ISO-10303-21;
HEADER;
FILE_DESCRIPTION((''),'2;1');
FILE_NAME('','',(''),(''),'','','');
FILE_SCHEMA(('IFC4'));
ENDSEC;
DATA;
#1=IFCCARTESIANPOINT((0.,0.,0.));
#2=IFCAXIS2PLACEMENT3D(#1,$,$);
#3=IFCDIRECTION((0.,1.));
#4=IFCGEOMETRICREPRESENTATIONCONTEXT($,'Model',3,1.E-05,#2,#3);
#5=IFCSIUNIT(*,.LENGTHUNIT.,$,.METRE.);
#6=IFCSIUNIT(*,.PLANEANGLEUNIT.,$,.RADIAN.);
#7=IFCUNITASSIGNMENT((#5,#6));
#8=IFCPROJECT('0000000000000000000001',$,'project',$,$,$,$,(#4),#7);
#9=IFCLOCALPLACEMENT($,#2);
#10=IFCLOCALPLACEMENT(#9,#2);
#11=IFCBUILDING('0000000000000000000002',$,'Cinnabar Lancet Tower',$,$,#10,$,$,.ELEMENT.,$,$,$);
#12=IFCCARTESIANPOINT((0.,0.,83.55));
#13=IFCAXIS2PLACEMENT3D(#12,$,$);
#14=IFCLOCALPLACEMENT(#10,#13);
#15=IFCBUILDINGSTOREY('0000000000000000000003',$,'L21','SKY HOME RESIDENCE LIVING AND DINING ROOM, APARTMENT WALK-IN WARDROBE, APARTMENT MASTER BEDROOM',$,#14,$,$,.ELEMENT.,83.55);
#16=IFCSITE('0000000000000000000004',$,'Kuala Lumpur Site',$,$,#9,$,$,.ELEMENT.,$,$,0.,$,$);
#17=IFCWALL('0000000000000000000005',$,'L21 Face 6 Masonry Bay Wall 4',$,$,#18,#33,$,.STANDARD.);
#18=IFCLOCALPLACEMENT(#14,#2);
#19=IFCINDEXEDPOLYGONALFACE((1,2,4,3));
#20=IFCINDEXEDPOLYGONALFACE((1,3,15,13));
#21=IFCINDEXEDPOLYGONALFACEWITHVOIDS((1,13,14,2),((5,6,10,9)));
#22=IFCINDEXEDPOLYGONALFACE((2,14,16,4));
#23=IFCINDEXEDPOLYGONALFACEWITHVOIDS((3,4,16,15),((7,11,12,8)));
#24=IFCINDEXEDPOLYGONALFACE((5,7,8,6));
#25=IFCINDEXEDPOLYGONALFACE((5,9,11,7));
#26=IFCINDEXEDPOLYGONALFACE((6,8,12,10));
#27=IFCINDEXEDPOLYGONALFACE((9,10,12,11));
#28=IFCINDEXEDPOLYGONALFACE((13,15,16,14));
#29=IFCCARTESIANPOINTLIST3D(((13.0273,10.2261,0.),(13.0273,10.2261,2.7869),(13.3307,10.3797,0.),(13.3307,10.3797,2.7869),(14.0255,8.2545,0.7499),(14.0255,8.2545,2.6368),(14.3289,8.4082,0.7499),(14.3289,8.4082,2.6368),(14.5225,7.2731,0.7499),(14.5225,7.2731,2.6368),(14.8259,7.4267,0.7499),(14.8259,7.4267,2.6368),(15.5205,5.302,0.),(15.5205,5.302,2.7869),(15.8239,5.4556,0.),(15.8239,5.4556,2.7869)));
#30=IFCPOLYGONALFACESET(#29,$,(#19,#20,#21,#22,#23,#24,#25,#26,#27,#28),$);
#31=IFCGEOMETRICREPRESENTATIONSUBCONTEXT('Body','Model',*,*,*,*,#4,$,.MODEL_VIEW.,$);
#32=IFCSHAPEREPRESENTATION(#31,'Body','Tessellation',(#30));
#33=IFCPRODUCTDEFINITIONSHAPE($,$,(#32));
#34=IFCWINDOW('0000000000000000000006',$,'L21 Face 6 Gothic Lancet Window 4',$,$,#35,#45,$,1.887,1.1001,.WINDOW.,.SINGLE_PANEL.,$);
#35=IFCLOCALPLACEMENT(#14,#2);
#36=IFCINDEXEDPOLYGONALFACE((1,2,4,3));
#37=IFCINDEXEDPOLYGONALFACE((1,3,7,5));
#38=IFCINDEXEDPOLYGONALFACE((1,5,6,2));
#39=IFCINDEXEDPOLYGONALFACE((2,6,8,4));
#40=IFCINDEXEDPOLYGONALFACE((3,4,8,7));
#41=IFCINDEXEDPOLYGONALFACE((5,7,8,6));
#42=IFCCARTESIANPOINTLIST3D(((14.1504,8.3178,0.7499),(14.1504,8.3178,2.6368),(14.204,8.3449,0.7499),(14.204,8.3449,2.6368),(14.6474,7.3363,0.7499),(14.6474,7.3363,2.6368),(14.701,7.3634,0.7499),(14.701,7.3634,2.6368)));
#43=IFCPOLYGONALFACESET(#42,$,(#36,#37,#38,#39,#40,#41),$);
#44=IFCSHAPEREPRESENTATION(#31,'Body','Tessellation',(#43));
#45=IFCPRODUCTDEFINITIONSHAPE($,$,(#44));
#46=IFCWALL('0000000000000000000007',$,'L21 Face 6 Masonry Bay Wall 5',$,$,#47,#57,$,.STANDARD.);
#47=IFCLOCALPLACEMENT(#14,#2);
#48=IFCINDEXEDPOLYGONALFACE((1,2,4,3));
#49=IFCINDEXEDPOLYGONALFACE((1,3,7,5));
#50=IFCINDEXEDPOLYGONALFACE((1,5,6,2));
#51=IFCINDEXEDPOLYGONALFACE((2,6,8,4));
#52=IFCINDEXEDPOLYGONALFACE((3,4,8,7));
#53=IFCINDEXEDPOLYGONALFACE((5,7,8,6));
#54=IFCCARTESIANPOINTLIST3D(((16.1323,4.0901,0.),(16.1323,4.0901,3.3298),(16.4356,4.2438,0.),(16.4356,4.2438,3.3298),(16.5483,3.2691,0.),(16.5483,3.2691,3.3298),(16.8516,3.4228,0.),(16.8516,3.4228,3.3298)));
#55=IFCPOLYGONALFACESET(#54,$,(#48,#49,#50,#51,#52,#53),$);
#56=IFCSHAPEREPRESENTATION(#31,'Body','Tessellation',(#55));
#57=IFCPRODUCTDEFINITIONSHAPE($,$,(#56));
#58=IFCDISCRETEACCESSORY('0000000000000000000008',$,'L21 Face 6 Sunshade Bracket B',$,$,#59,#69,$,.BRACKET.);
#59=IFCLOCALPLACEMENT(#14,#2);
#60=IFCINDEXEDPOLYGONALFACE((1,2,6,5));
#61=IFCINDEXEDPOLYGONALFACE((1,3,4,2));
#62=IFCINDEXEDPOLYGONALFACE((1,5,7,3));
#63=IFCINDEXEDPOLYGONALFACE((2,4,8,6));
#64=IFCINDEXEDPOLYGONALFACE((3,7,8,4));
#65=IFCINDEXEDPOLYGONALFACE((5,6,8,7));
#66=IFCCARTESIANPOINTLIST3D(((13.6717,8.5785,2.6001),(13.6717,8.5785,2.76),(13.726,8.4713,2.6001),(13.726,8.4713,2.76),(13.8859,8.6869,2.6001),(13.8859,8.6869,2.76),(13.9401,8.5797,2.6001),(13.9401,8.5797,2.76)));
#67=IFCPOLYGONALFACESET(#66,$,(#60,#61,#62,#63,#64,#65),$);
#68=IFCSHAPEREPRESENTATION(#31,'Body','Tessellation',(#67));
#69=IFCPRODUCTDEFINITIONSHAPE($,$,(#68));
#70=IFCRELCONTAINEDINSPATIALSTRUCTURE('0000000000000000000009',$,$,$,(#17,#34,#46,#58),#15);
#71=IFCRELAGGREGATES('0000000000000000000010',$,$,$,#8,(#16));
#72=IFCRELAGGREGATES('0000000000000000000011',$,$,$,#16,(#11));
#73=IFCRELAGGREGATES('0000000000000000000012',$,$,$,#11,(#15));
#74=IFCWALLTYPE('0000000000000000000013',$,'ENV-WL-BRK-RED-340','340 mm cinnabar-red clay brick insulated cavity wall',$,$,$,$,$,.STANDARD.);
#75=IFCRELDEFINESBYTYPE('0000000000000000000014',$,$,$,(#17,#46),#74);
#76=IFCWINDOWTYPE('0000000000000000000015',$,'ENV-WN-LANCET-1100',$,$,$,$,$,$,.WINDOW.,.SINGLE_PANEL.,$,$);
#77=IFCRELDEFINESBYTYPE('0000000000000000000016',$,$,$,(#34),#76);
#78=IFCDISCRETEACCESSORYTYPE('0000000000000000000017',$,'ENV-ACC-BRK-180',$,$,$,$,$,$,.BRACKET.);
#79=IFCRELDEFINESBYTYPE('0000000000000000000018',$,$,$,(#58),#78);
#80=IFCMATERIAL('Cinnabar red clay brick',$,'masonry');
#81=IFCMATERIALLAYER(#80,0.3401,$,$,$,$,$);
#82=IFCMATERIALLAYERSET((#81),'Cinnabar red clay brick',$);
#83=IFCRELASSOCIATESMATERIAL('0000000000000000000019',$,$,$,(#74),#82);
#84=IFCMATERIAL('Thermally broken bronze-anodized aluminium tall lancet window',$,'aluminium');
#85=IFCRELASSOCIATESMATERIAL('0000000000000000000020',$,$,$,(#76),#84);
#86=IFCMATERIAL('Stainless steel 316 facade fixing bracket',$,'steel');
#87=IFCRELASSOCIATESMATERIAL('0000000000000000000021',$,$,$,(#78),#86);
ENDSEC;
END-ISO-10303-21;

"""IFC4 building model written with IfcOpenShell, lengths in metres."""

from ifc_helpers import new_model, si_unit, direction, frame, frame_2d, origin, origin_2d, place, context, subcontext, project, spatial, rectangle, extrude, material, layer, layer_set, type_object, element, fill, save


model = new_model("IFC4")

# Units and contexts
model_context = context("Model", 3, precision=1e-05, world=origin(), true_north=direction((0.0, 1.0)))
body_context = subcontext(model_context, "Body", "Model", "MODEL_VIEW")
ifc_project = project(units=[si_unit("LENGTHUNIT", "METRE"), si_unit("PLANEANGLEUNIT", "RADIAN")], contexts=[model_context])

# Site, building, storey
site_placement = place(None, origin())
site = spatial("IfcSite", under=ifc_project, at=site_placement, Name="Kuala Lumpur Site", CompositionType="ELEMENT", RefElevation=0.0)
building_placement = place(site_placement, origin())
building = spatial("IfcBuilding", under=site, at=building_placement, Name="Cinnabar Lancet Tower", CompositionType="ELEMENT")
storey_placement = place(building_placement, frame((0.0, 0.0, 83.55)))
storey = spatial("IfcBuildingStorey", under=building, at=storey_placement, Name="L21", Description="SKY HOME RESIDENCE LIVING AND DINING ROOM, APARTMENT WALK-IN WARDROBE, APARTMENT MASTER BEDROOM", CompositionType="ELEMENT", Elevation=83.55)

# Shared definitions
ifc_material_1 = material(Name="Cinnabar red clay brick", Category="masonry")
ifc_layer_1 = layer(ifc_material_1, 0.3401)
ifc_layer_set_1 = layer_set([ifc_layer_1], Name="Cinnabar red clay brick")
wall_type = type_object("IfcWallType", Name="ENV-WL-BRK-RED-340", Description="340 mm cinnabar-red clay brick insulated cavity wall", PredefinedType="STANDARD", material=ifc_layer_set_1)

# Wall, opening, window
wall_1_placement = place(storey_placement, frame((13.179, 10.303, 0.0), z_axis=(0.0, 0.0, 1.0), x_axis=(0.45172, -0.89216, 0.0)))
wall_1 = element("IfcWall", 1, at=wall_1_placement, inside=storey, type_object=wall_type, Name="L21 Face 6 Masonry Bay Wall 4", PredefinedType="STANDARD", context=body_context, shape_type="SweptSolid", body=[
    extrude(rectangle(XDim=5.5193, YDim=0.3401, at=frame_2d((2.7598, 0.0))), origin(), (0.0, 0.0, 1.0), 2.7869),
])
opening_placement = place(wall_1_placement, frame((2.21, 0.0, 0.75)))
opening = element("IfcOpeningElement", 2, at=opening_placement, cuts=wall_1, PredefinedType="OPENING", context=body_context, shape_type="SweptSolid", body=[
    extrude(rectangle(XDim=1.1001, YDim=1.887, at=frame_2d((0.55, 0.9434))), frame((0.0, 0.1799, 0.0), z_axis=(0.0, -1.0, 0.0), x_axis=(1.0, 0.0, 0.0)), (0.0, 0.0, 1.0), 0.3601),
])
ifc_material_2 = material(Name="Thermally broken bronze-anodized aluminium tall lancet window", Category="aluminium")
window_type = type_object("IfcWindowType", Name="ENV-WN-LANCET-1100", PartitioningType="SINGLE_PANEL", PredefinedType="WINDOW", material=ifc_material_2)
window_placement = place(opening_placement, origin())
window = element("IfcWindow", 3, at=window_placement, inside=storey, type_object=window_type, Name="L21 Face 6 Gothic Lancet Window 4", OverallHeight=1.887, OverallWidth=1.1001, PartitioningType="SINGLE_PANEL", PredefinedType="WINDOW", context=body_context, shape_type="SweptSolid", body=[
    extrude(rectangle(XDim=1.1001, YDim=1.887, at=frame_2d((0.55, 0.9434))), frame((0.0, 0.03, 0.0), z_axis=(0.0, -1.0, 0.0), x_axis=(1.0, 0.0, 0.0)), (0.0, 0.0, 1.0), 0.0601),
])
fill(opening, window)

# Wall
wall_2_placement = place(storey_placement, frame((16.2839, 4.167, 0.0), z_axis=(0.0, 0.0, 1.0), x_axis=(0.451982, -0.892027, 0.0)))
element("IfcWall", 4, at=wall_2_placement, inside=storey, type_object=wall_type, Name="L21 Face 6 Masonry Bay Wall 5", PredefinedType="STANDARD", context=body_context, shape_type="SweptSolid", body=[
    extrude(rectangle(XDim=0.9204, YDim=0.3401, at=frame_2d((0.4602, 0.0))), origin(), (0.0, 0.0, 1.0), 3.3298),
])

# Discrete accessory
ifc_material_3 = material(Name="Stainless steel 316 facade fixing bracket", Category="steel")
discrete_accessory_type = type_object("IfcDiscreteAccessoryType", Name="ENV-ACC-BRK-180", PredefinedType="BRACKET", material=ifc_material_3)
discrete_accessory_placement = place(storey_placement, frame((13.8059, 8.5791, 2.6001), z_axis=(0.0, 0.0, 1.0), x_axis=(0.451501, -0.892271, 0.0)))
element("IfcDiscreteAccessory", 5, at=discrete_accessory_placement, inside=storey, type_object=discrete_accessory_type, Name="L21 Face 6 Sunshade Bracket B", PredefinedType="BRACKET", context=body_context, shape_type="SweptSolid", body=[
    extrude(rectangle(XDim=0.1201, YDim=0.24, at=origin_2d()), origin(), (0.0, 0.0, 1.0), 0.1599),
])

save(model, "model.ifc")
